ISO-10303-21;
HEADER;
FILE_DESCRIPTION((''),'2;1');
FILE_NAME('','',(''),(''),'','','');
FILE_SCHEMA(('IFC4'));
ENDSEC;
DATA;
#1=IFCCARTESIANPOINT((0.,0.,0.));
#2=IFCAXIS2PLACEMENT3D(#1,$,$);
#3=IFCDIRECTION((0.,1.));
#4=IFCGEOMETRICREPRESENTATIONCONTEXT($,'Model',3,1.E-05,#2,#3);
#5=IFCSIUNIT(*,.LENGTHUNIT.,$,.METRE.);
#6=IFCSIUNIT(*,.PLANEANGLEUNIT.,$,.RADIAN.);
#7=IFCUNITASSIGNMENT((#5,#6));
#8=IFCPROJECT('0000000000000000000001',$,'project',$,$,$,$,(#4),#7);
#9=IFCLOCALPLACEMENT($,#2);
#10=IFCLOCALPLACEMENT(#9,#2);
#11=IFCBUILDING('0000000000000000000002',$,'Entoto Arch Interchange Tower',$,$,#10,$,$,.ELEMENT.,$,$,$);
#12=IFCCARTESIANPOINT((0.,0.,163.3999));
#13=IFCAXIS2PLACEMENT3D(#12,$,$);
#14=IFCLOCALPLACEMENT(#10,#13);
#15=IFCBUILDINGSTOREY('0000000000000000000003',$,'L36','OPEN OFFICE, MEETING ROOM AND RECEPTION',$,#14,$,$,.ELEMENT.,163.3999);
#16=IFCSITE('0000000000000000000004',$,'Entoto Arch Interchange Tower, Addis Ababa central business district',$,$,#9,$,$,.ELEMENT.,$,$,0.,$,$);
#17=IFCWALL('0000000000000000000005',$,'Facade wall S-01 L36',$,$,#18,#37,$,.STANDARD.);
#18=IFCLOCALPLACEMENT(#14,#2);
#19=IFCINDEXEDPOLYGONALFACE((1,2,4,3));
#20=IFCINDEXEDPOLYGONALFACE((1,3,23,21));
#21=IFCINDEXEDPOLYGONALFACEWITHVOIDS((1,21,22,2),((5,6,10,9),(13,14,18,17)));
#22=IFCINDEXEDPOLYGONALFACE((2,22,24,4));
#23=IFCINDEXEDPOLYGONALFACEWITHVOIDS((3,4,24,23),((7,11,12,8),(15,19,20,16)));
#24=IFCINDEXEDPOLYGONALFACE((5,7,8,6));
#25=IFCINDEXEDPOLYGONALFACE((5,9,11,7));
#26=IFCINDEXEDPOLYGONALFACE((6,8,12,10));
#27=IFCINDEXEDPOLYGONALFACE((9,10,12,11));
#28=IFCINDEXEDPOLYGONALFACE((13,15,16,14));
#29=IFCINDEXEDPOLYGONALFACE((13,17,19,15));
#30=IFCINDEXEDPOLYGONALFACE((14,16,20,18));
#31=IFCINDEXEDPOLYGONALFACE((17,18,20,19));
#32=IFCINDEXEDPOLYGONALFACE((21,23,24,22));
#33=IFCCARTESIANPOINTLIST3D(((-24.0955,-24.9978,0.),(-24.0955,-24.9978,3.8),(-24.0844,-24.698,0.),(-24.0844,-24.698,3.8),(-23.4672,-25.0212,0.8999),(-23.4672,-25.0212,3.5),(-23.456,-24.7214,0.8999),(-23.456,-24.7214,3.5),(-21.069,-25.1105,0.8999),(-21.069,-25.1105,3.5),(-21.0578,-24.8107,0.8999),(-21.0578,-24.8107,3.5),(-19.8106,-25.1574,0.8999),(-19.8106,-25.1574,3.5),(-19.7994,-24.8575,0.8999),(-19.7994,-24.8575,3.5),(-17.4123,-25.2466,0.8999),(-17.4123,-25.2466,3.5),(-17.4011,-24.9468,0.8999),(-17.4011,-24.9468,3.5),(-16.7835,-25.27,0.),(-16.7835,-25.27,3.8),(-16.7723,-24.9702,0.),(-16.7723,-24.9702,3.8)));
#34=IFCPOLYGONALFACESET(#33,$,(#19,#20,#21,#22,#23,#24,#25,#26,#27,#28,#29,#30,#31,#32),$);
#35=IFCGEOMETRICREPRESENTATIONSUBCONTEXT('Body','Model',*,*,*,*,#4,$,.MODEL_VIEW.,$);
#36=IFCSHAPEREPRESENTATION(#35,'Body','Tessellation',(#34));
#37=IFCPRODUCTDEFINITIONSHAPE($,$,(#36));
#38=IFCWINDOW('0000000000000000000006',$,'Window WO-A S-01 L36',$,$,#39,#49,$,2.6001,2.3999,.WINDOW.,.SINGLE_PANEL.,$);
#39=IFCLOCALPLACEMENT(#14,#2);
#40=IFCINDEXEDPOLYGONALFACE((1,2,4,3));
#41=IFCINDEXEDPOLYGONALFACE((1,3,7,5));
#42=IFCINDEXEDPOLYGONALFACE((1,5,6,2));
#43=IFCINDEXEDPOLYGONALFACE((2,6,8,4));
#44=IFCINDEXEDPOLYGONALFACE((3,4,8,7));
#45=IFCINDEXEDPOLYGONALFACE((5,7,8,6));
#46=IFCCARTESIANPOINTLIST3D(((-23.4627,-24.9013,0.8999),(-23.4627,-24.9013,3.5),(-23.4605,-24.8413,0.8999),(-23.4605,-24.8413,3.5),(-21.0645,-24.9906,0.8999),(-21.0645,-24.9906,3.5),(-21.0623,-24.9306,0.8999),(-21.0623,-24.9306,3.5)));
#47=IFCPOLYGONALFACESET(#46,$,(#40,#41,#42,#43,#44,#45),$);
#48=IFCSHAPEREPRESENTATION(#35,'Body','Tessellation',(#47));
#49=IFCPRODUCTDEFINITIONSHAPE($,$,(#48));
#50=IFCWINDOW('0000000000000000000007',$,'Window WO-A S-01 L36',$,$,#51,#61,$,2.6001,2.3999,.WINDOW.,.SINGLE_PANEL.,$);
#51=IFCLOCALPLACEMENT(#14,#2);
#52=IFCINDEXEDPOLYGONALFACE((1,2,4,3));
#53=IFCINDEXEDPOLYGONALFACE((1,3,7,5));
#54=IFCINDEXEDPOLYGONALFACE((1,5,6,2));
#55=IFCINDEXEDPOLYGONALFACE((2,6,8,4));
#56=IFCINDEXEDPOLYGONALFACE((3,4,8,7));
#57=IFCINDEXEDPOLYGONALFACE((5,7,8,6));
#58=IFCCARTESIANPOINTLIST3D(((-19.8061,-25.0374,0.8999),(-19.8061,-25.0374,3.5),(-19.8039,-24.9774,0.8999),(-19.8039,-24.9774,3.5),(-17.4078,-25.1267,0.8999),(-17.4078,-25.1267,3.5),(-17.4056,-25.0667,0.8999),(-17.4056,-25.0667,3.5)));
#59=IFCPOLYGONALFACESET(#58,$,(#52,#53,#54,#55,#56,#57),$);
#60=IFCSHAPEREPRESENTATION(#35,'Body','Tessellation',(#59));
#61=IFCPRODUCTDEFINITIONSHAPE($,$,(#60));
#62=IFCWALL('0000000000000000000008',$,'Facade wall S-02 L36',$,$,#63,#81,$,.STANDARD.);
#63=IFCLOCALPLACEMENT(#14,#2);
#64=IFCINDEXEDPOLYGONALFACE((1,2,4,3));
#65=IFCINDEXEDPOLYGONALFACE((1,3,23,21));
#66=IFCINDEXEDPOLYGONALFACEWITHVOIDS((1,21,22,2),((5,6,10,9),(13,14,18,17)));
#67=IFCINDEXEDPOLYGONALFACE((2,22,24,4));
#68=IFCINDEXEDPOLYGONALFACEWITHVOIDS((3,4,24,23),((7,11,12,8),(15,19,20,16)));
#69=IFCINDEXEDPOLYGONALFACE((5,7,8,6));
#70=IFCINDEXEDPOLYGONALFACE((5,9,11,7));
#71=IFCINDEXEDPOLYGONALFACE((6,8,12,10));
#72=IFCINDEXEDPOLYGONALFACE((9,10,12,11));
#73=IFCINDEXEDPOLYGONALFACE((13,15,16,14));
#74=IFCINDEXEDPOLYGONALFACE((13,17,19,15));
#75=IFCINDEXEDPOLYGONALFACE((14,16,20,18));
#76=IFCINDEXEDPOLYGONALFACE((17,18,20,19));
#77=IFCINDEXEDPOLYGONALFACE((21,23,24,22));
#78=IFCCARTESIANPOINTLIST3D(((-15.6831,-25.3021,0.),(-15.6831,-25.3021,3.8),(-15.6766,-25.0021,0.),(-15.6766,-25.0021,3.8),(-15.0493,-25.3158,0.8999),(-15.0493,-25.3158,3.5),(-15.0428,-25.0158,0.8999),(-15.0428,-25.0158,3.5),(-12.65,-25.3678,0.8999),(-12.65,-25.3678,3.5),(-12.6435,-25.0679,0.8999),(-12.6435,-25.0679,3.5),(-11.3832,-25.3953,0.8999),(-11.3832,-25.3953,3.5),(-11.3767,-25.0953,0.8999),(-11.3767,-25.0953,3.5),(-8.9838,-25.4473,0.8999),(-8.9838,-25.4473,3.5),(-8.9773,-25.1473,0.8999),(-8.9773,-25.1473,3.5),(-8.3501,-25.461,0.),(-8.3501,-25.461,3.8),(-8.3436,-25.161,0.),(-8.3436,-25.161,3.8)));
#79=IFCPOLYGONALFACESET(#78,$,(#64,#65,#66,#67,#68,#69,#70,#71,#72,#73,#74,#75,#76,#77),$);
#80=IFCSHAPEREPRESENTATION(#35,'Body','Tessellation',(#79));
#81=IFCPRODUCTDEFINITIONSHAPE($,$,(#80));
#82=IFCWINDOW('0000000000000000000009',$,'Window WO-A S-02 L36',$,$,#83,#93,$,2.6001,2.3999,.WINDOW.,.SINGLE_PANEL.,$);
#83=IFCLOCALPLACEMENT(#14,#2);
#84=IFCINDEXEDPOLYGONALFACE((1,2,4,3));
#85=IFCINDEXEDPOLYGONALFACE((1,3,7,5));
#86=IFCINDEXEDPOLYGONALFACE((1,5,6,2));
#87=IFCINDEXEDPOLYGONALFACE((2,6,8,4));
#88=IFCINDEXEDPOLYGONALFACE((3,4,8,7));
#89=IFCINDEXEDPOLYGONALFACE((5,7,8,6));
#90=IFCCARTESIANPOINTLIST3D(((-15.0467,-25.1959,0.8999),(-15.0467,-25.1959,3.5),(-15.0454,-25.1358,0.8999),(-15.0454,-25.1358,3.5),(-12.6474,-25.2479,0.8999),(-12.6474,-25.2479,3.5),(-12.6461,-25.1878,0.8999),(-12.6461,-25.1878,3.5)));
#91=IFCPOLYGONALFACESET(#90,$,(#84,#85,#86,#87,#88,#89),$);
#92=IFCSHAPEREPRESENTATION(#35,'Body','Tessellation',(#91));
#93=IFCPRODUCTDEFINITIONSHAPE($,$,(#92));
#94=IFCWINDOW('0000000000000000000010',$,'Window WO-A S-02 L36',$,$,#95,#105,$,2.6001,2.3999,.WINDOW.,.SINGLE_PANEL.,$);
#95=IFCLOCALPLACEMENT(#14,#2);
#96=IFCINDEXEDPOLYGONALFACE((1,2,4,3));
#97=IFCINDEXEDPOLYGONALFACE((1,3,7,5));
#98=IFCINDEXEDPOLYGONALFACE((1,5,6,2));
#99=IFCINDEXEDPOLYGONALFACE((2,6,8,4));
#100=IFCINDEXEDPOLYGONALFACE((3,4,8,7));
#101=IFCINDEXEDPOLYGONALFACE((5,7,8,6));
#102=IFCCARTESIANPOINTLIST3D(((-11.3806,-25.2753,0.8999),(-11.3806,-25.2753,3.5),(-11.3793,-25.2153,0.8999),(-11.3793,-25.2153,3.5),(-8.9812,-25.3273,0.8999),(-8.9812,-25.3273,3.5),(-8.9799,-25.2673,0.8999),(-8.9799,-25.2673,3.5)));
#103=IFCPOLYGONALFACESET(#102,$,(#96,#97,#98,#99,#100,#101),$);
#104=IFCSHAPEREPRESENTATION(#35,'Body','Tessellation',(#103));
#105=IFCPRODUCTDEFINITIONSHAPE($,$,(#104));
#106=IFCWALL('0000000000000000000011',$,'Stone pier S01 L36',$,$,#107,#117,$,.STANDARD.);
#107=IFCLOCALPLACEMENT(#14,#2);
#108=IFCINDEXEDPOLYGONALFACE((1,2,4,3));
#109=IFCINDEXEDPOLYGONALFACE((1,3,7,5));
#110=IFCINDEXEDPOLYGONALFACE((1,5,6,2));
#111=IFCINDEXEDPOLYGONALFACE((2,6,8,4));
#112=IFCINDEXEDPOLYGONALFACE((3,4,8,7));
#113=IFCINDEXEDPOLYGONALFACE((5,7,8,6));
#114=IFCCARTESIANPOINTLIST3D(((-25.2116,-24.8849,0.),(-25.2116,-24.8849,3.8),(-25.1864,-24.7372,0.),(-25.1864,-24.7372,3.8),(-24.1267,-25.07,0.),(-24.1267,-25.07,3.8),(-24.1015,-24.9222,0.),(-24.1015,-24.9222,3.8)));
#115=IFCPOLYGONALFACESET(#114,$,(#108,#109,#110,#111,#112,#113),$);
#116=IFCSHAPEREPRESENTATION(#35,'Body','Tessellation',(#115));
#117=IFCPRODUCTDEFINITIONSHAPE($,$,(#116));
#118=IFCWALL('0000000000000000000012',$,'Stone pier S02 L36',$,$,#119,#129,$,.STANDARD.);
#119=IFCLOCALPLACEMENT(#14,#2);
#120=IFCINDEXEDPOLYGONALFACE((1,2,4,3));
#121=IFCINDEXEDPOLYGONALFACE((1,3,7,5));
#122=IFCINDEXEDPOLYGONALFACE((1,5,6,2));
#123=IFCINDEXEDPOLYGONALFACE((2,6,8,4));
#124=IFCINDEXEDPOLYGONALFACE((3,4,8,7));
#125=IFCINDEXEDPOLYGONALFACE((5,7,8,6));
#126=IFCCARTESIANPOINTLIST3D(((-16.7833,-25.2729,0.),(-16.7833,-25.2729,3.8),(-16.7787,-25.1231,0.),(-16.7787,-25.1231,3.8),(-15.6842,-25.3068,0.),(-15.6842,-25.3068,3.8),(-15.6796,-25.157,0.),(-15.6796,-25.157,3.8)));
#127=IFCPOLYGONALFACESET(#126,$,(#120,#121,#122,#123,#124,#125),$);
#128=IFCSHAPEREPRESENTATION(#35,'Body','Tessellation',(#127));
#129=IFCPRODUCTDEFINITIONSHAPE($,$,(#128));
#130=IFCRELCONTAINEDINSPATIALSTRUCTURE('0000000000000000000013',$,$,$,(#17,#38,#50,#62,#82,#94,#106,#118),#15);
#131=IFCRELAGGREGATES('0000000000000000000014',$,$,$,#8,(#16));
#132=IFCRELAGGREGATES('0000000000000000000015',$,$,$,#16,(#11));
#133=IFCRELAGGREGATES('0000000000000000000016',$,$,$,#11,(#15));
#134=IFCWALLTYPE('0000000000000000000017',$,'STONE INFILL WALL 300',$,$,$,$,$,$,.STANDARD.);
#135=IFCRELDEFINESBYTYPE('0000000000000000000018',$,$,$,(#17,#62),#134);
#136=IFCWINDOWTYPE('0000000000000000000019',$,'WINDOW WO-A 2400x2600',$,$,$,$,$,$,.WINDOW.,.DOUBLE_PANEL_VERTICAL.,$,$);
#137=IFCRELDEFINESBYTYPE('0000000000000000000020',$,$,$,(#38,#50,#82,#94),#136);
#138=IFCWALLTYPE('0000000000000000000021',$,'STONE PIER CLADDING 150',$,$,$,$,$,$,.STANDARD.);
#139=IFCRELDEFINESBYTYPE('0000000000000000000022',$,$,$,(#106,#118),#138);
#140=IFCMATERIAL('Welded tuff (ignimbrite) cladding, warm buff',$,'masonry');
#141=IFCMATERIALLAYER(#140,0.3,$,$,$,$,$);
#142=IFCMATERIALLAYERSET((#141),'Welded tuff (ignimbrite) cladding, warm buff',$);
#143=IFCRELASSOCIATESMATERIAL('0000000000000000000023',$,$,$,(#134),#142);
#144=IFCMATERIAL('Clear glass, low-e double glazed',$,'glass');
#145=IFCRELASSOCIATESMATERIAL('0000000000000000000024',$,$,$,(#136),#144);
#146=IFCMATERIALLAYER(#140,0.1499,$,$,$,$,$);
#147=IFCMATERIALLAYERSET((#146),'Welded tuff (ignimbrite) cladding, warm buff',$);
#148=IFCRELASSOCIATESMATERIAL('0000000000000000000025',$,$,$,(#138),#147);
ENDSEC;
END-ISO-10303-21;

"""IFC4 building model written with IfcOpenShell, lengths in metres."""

from ifc_helpers import new_model, si_unit, direction, frame, frame_2d, origin, place, context, subcontext, project, spatial, rectangle, extrude, material, layer, layer_set, type_object, element, fill, save


model = new_model("IFC4")

# Units and contexts
model_context = context("Model", 3, precision=1e-05, world=origin(), true_north=direction((0.0, 1.0)))
body_context = subcontext(model_context, "Body", "Model", "MODEL_VIEW")
ifc_project = project(units=[si_unit("LENGTHUNIT", "METRE"), si_unit("PLANEANGLEUNIT", "RADIAN")], contexts=[model_context])

# Site, building, storey
site_placement = place(None, origin())
site = spatial("IfcSite", under=ifc_project, at=site_placement, Name="Entoto Arch Interchange Tower, Addis Ababa central business district", CompositionType="ELEMENT", RefElevation=0.0)
building_placement = place(site_placement, origin())
building = spatial("IfcBuilding", under=site, at=building_placement, Name="Entoto Arch Interchange Tower", CompositionType="ELEMENT")
storey_placement = place(building_placement, frame((0.0, 0.0, 163.3999)))
storey = spatial("IfcBuildingStorey", under=building, at=storey_placement, Name="L36", Description="OPEN OFFICE, MEETING ROOM AND RECEPTION", CompositionType="ELEMENT", Elevation=163.3999)

# Walls, openings, windows
ifc_material_1 = material(Name="Welded tuff (ignimbrite) cladding, warm buff", Category="masonry")
ifc_layer_1 = layer(ifc_material_1, 0.3)
ifc_layer_set_1 = layer_set([ifc_layer_1], Name="Welded tuff (ignimbrite) cladding, warm buff")
wall_type_1 = type_object("IfcWallType", Name="STONE INFILL WALL 300", PredefinedType="STANDARD", material=ifc_layer_set_1)
wall_1_placement = place(storey_placement, frame((-24.0901, -24.8479, 0.0), z_axis=(0.0, 0.0, 1.0), x_axis=(0.999308, -0.037203, 0.0)))
wall_1 = element("IfcWall", 1, at=wall_1_placement, inside=storey, type_object=wall_type_1, Name="Facade wall S-01 L36", PredefinedType="STANDARD", context=body_context, shape_type="SweptSolid", body=[
    extrude(rectangle(XDim=7.3171, YDim=0.3, at=frame_2d((3.6587, 0.0))), origin(), (0.0, 0.0, 1.0), 3.8),
])
opening_1_placement = place(wall_1_placement, frame((0.6289, 0.0, 0.8999)))
opening_1 = element("IfcOpeningElement", 2, at=opening_1_placement, cuts=wall_1, PredefinedType="OPENING", context=body_context, shape_type="SweptSolid", body=[
    extrude(rectangle(XDim=2.3999, YDim=2.6001, at=frame_2d((1.2, 1.3))), frame((0.0, 0.1602, 0.0), z_axis=(0.0, -1.0, 0.0), x_axis=(1.0, 0.0, 0.0)), (0.0, 0.0, 1.0), 0.3201),
])
opening_2_placement = place(wall_1_placement, frame((4.2881, 0.0, 0.8999)))
opening_2 = element("IfcOpeningElement", 3, at=opening_2_placement, cuts=wall_1, PredefinedType="OPENING", context=body_context, shape_type="SweptSolid", body=[
    extrude(rectangle(XDim=2.3999, YDim=2.6001, at=frame_2d((1.2, 1.3))), frame((0.0, 0.1602, 0.0), z_axis=(0.0, -1.0, 0.0), x_axis=(1.0, 0.0, 0.0)), (0.0, 0.0, 1.0), 0.3201),
])
ifc_material_2 = material(Name="Clear glass, low-e double glazed", Category="glass")
window_type = type_object("IfcWindowType", Name="WINDOW WO-A 2400x2600", PartitioningType="DOUBLE_PANEL_VERTICAL", PredefinedType="WINDOW", material=ifc_material_2)
window_1_placement = place(opening_1_placement, origin())
window_1 = element("IfcWindow", 4, at=window_1_placement, inside=storey, type_object=window_type, Name="Window WO-A S-01 L36", OverallHeight=2.6001, OverallWidth=2.3999, PartitioningType="SINGLE_PANEL", PredefinedType="WINDOW", context=body_context, shape_type="SweptSolid", body=[
    extrude(rectangle(XDim=2.3999, YDim=2.6001, at=frame_2d((1.2, 1.3))), frame((0.0, 0.03, 0.0), z_axis=(0.0, -1.0, 0.0), x_axis=(1.0, 0.0, 0.0)), (0.0, 0.0, 1.0), 0.0601),
])
fill(opening_1, window_1)
window_2_placement = place(opening_2_placement, origin())
window_2 = element("IfcWindow", 5, at=window_2_placement, inside=storey, type_object=window_type, Name="Window WO-A S-01 L36", OverallHeight=2.6001, OverallWidth=2.3999, PartitioningType="SINGLE_PANEL", PredefinedType="WINDOW", context=body_context, shape_type="SweptSolid", body=[
    extrude(rectangle(XDim=2.3999, YDim=2.6001, at=frame_2d((1.2, 1.3))), frame((0.0, 0.03, 0.0), z_axis=(0.0, -1.0, 0.0), x_axis=(1.0, 0.0, 0.0)), (0.0, 0.0, 1.0), 0.0601),
])
fill(opening_2, window_2)
wall_2_placement = place(storey_placement, frame((-15.6799, -25.1521, 0.0), z_axis=(0.0, 0.0, 1.0), x_axis=(0.999765, -0.021669, 0.0)))
wall_2 = element("IfcWall", 6, at=wall_2_placement, inside=storey, type_object=wall_type_1, Name="Facade wall S-02 L36", PredefinedType="STANDARD", context=body_context, shape_type="SweptSolid", body=[
    extrude(rectangle(XDim=7.3347, YDim=0.3, at=frame_2d((3.6675, 0.0))), origin(), (0.0, 0.0, 1.0), 3.8),
])
opening_3_placement = place(wall_2_placement, frame((0.634, 0.0, 0.8999)))
opening_3 = element("IfcOpeningElement", 7, at=opening_3_placement, cuts=wall_2, PredefinedType="OPENING", context=body_context, shape_type="SweptSolid", body=[
    extrude(rectangle(XDim=2.3999, YDim=2.6001, at=frame_2d((1.2, 1.3))), frame((0.0, 0.1602, 0.0), z_axis=(0.0, -1.0, 0.0), x_axis=(1.0, 0.0, 0.0)), (0.0, 0.0, 1.0), 0.3201),
])
opening_4_placement = place(wall_2_placement, frame((4.301, 0.0, 0.8999)))
opening_4 = element("IfcOpeningElement", 8, at=opening_4_placement, cuts=wall_2, PredefinedType="OPENING", context=body_context, shape_type="SweptSolid", body=[
    extrude(rectangle(XDim=2.3999, YDim=2.6001, at=frame_2d((1.2, 1.3))), frame((0.0, 0.1602, 0.0), z_axis=(0.0, -1.0, 0.0), x_axis=(1.0, 0.0, 0.0)), (0.0, 0.0, 1.0), 0.3201),
])
window_3_placement = place(opening_3_placement, origin())
window_3 = element("IfcWindow", 9, at=window_3_placement, inside=storey, type_object=window_type, Name="Window WO-A S-02 L36", OverallHeight=2.6001, OverallWidth=2.3999, PartitioningType="SINGLE_PANEL", PredefinedType="WINDOW", context=body_context, shape_type="SweptSolid", body=[
    extrude(rectangle(XDim=2.3999, YDim=2.6001, at=frame_2d((1.2, 1.3))), frame((0.0, 0.03, 0.0), z_axis=(0.0, -1.0, 0.0), x_axis=(1.0, 0.0, 0.0)), (0.0, 0.0, 1.0), 0.0601),
])
fill(opening_3, window_3)
window_4_placement = place(opening_4_placement, origin())
window_4 = element("IfcWindow", 10, at=window_4_placement, inside=storey, type_object=window_type, Name="Window WO-A S-02 L36", OverallHeight=2.6001, OverallWidth=2.3999, PartitioningType="SINGLE_PANEL", PredefinedType="WINDOW", context=body_context, shape_type="SweptSolid", body=[
    extrude(rectangle(XDim=2.3999, YDim=2.6001, at=frame_2d((1.2, 1.3))), frame((0.0, 0.03, 0.0), z_axis=(0.0, -1.0, 0.0), x_axis=(1.0, 0.0, 0.0)), (0.0, 0.0, 1.0), 0.0601),
])
fill(opening_4, window_4)

# Walls
ifc_layer_2 = layer(ifc_material_1, 0.1499)
ifc_layer_set_2 = layer_set([ifc_layer_2], Name="Welded tuff (ignimbrite) cladding, warm buff")
wall_type_2 = type_object("IfcWallType", Name="STONE PIER CLADDING 150", PredefinedType="STANDARD", material=ifc_layer_set_2)
wall_3_placement = place(storey_placement, frame((-25.199, -24.811, 0.0), z_axis=(0.0, 0.0, 1.0), x_axis=(0.985763, -0.168139, 0.0)))
element("IfcWall", 11, at=wall_3_placement, inside=storey, type_object=wall_type_2, Name="Stone pier S01 L36", PredefinedType="STANDARD", context=body_context, shape_type="SweptSolid", body=[
    extrude(rectangle(XDim=1.1006, YDim=0.1499, at=frame_2d((0.5503, 0.0))), origin(), (0.0, 0.0, 1.0), 3.8),
])
wall_4_placement = place(storey_placement, frame((-16.781, -25.198, 0.0), z_axis=(0.0, 0.0, 1.0), x_axis=(0.999524, -0.03086, 0.0)))
element("IfcWall", 12, at=wall_4_placement, inside=storey, type_object=wall_type_2, Name="Stone pier S02 L36", PredefinedType="STANDARD", context=body_context, shape_type="SweptSolid", body=[
    extrude(rectangle(XDim=1.0996, YDim=0.1499, at=frame_2d((0.5498, 0.0))), origin(), (0.0, 0.0, 1.0), 3.8),
])

save(model, "model.ifc")
